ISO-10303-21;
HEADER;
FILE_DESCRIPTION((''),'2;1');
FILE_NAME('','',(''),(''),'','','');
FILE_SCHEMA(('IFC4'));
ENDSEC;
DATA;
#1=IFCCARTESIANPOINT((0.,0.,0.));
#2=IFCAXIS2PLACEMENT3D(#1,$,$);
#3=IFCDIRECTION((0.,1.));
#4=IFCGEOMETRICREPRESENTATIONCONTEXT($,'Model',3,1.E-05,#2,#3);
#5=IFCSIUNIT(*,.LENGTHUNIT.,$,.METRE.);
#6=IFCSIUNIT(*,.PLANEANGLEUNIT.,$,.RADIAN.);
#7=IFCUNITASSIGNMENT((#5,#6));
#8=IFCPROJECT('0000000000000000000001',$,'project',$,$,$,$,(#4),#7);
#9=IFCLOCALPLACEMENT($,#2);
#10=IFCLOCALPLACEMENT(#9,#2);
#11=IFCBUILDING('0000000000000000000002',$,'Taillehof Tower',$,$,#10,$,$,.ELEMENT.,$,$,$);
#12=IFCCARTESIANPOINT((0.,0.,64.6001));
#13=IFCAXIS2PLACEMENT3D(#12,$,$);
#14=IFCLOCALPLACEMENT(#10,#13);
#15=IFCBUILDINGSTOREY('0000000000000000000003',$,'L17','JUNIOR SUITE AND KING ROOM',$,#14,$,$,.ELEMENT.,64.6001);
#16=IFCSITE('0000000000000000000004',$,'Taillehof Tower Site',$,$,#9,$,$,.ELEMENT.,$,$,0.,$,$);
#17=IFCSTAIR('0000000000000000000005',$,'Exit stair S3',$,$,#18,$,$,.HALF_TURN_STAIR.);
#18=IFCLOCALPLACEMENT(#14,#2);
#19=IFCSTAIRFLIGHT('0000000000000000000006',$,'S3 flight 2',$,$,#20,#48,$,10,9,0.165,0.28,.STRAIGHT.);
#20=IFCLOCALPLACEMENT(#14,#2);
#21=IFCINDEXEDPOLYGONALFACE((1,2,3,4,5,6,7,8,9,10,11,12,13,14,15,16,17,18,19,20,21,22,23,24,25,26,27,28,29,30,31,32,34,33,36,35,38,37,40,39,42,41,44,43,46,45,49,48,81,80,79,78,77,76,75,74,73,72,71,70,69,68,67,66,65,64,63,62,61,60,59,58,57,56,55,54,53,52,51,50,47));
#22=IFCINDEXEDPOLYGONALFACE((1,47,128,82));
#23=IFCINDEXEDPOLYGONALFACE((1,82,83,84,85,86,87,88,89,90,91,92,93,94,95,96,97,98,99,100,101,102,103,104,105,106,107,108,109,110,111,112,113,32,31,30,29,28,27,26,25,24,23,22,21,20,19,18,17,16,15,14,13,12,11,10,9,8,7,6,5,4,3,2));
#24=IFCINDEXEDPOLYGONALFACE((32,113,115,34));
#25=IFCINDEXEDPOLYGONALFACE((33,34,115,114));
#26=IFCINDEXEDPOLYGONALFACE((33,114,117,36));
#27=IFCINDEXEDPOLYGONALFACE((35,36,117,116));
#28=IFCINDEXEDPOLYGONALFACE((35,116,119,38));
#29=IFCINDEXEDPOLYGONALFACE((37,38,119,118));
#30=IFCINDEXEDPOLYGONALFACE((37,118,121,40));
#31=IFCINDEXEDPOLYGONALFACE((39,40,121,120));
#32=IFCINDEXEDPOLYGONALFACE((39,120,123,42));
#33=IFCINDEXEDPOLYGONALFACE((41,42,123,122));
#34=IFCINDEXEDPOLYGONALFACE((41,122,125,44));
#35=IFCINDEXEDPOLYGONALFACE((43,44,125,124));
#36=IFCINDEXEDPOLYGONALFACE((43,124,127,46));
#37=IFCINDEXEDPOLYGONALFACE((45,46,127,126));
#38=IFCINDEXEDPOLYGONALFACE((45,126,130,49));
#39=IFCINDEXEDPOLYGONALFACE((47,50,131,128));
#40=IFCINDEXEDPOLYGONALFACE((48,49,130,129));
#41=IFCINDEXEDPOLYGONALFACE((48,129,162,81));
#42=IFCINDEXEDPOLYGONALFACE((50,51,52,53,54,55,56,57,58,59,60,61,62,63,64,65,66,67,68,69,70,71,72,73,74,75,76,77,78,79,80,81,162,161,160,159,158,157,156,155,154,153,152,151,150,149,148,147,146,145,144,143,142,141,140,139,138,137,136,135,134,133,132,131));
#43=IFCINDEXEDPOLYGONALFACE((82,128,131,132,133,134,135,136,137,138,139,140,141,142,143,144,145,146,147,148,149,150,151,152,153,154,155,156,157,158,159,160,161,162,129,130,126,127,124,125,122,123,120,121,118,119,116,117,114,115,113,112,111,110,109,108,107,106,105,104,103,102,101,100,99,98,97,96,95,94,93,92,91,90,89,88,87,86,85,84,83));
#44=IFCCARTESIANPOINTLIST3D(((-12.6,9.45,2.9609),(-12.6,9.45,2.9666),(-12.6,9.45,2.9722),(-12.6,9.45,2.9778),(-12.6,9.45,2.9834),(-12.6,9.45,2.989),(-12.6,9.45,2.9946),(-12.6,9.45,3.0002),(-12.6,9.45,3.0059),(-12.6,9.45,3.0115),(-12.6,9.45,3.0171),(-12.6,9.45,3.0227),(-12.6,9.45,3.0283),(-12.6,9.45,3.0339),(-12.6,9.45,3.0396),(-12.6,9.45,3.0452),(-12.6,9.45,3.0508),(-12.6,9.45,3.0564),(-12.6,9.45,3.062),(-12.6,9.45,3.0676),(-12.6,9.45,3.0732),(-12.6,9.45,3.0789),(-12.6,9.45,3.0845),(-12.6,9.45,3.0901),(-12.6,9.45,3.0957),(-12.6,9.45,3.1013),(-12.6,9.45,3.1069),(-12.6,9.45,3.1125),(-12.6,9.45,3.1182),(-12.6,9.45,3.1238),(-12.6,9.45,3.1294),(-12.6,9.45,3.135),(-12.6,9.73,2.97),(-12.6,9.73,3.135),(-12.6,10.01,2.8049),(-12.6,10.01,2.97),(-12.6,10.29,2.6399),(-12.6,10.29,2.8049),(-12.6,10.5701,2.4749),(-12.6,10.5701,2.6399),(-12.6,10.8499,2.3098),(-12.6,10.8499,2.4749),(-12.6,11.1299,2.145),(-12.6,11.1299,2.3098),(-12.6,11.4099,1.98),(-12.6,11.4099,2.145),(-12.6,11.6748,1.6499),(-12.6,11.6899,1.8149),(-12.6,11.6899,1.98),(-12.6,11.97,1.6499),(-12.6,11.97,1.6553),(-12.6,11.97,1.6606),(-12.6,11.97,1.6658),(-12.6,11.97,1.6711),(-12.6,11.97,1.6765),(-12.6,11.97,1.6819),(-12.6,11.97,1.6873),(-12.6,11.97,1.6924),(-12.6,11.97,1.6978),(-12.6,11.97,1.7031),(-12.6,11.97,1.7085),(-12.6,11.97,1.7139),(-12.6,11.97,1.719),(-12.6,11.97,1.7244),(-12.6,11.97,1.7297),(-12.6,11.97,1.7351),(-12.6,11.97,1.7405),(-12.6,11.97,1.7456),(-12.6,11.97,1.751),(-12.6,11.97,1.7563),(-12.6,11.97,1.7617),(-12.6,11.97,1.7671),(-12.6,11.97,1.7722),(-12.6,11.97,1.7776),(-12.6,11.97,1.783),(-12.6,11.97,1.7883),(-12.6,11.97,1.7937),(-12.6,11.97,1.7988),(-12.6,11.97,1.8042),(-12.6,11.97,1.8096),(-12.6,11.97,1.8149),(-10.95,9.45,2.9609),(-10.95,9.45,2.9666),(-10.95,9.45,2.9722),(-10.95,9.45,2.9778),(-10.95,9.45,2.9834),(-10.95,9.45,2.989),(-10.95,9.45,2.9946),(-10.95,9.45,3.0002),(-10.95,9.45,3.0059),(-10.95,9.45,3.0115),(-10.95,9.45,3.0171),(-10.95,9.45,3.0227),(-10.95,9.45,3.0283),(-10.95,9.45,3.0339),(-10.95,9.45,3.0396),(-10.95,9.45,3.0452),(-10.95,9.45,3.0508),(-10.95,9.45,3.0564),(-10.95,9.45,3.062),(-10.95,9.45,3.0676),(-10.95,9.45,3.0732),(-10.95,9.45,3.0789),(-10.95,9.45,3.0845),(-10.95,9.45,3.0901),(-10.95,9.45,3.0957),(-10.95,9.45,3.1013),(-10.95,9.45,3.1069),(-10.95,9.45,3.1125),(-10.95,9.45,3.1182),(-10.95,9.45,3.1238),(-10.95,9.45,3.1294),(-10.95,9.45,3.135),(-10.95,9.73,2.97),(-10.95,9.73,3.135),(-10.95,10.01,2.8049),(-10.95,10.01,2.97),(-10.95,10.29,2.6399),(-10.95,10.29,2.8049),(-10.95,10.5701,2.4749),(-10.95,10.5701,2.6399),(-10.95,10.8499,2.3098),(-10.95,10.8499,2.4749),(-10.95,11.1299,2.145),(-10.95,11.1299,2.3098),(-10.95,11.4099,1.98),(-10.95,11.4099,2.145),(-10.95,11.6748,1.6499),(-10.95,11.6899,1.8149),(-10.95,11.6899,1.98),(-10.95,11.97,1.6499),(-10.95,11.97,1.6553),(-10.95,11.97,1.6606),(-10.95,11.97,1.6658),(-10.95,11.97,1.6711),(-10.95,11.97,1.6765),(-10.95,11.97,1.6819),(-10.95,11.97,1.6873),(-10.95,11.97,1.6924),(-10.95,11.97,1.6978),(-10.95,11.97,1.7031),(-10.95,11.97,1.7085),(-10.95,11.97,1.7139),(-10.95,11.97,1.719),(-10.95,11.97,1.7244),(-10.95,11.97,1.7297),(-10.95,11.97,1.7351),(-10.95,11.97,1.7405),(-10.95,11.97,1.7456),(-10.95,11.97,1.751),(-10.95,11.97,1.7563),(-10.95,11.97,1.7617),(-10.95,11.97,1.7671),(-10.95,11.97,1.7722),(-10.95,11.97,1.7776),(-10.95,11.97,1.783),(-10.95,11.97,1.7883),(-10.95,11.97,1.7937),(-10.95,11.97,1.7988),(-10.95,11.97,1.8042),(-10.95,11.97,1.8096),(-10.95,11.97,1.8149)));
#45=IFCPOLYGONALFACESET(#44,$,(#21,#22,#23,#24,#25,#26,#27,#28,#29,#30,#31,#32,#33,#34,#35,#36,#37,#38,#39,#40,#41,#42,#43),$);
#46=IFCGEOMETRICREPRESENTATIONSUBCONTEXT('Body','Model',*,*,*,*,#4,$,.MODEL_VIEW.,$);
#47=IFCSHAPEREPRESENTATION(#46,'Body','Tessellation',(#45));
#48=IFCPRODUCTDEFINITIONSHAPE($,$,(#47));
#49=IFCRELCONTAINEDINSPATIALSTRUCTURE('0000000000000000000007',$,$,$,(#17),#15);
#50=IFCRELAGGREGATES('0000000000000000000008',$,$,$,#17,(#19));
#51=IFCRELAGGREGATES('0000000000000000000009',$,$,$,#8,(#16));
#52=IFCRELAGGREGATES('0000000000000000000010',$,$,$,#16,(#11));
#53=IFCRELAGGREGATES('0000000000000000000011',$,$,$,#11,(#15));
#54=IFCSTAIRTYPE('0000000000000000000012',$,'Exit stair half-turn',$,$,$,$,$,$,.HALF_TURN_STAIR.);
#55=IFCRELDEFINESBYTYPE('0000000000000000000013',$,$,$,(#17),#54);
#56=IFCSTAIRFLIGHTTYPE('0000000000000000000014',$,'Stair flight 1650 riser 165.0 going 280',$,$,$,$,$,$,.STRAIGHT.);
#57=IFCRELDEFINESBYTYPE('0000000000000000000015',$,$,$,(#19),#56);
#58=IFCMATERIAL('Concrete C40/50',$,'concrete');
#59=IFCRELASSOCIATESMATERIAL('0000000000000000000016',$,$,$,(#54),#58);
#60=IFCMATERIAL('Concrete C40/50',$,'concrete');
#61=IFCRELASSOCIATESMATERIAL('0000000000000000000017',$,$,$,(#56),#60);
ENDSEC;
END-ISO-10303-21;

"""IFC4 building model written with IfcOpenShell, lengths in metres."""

from ifc_helpers import new_model, si_unit, direction, frame, origin, place, context, subcontext, project, spatial, polyline, outline, extrude, material, type_object, element, aggregate, save


model = new_model("IFC4")

# Units and contexts
model_context = context("Model", 3, precision=1e-05, world=origin(), true_north=direction((0.0, 1.0)))
body_context = subcontext(model_context, "Body", "Model", "MODEL_VIEW")
ifc_project = project(units=[si_unit("LENGTHUNIT", "METRE"), si_unit("PLANEANGLEUNIT", "RADIAN")], contexts=[model_context])

# Site, building, storey
site_placement = place(None, origin())
site = spatial("IfcSite", under=ifc_project, at=site_placement, Name="Taillehof Tower Site", CompositionType="ELEMENT", RefElevation=0.0)
building_placement = place(site_placement, origin())
building = spatial("IfcBuilding", under=site, at=building_placement, Name="Taillehof Tower", CompositionType="ELEMENT")
storey_placement = place(building_placement, frame((0.0, 0.0, 64.6001)))
storey = spatial("IfcBuildingStorey", under=building, at=storey_placement, Name="L17", Description="JUNIOR SUITE AND KING ROOM", CompositionType="ELEMENT", Elevation=64.6001)

# Stair, stair flight
ifc_material_1 = material(Name="Concrete C40/50", Category="concrete")
stair_type = type_object("IfcStairType", Name="Exit stair half-turn", PredefinedType="HALF_TURN_STAIR", material=ifc_material_1)
stair_placement = place(storey_placement, origin())
stair = element("IfcStair", 1, at=stair_placement, inside=storey, type_object=stair_type, Name="Exit stair S3", PredefinedType="HALF_TURN_STAIR")
ifc_material_2 = material(Name="Concrete C40/50", Category="concrete")
stair_flight_type = type_object("IfcStairFlightType", Name="Stair flight 1650 riser 165.0 going 280", PredefinedType="STRAIGHT", material=ifc_material_2)
stair_flight_1_placement = place(storey_placement, frame((-11.7749, 11.97, 1.6499), z_axis=(0.0, 0.0, 1.0), x_axis=(0.0, -1.0, 0.0)))
stair_flight_1 = element("IfcStairFlight", 2, at=stair_flight_1_placement, type_object=stair_flight_type, Name="S3 flight 2", NumberOfRisers=10, NumberOfTreads=9, PredefinedType="STRAIGHT", RiserHeight=0.165, TreadLength=0.28, context=body_context, shape_type="SweptSolid", body=[
    extrude(outline(polyline([(0.0, 0.0), (0.0, 0.0054), (0.0, 0.0107), (0.0, 0.0159), (0.0, 0.0212), (0.0, 0.0266), (0.0, 0.032), (0.0, 0.0374), (0.0, 0.0425), (0.0, 0.0479), (0.0, 0.0532), (0.0, 0.0586), (0.0, 0.064), (0.0, 0.0691), (0.0, 0.0745), (0.0, 0.0798), (0.0, 0.0852), (0.0, 0.0906), (0.0, 0.0957), (0.0, 0.1011), (0.0, 0.1064), (0.0, 0.1118), (0.0, 0.1172), (0.0, 0.1223), (0.0, 0.1277), (0.0, 0.1331), (0.0, 0.1384), (0.0, 0.1438), (0.0, 0.1489), (0.0, 0.1543), (0.0, 0.1597), (0.0, 0.165), (0.28, 0.165), (0.28, 0.3301), (0.5601, 0.3301), (0.5601, 0.4951), (0.8401, 0.4951), (0.8401, 0.6599), (1.1201, 0.6599), (1.1201, 0.825), (1.3999, 0.825), (1.3999, 0.99), (1.6799, 0.99), (1.6799, 1.155), (1.96, 1.155), (1.96, 1.3201), (2.24, 1.3201), (2.24, 1.4851), (2.52, 1.4851), (2.52, 1.4795), (2.52, 1.4739), (2.52, 1.4683), (2.52, 1.4626), (2.52, 1.457), (2.52, 1.4514), (2.52, 1.4458), (2.52, 1.4402), (2.52, 1.4346), (2.52, 1.429), (2.52, 1.4233), (2.52, 1.4177), (2.52, 1.4121), (2.52, 1.4065), (2.52, 1.4009), (2.52, 1.3953), (2.52, 1.3896), (2.52, 1.384), (2.52, 1.3784), (2.52, 1.3728), (2.52, 1.3672), (2.52, 1.3616), (2.52, 1.356), (2.52, 1.3503), (2.52, 1.3447), (2.52, 1.3391), (2.52, 1.3335), (2.52, 1.3279), (2.52, 1.3223), (2.52, 1.3167), (2.52, 1.311), (0.2952, 0.0), (0.0, 0.0)])), frame((0.0, 0.825, 0.0), z_axis=(0.0, -1.0, 0.0), x_axis=(1.0, 0.0, 0.0)), (0.0, 0.0, 1.0), 1.65),
])
aggregate(stair, [stair_flight_1])

save(model, "model.ifc")
